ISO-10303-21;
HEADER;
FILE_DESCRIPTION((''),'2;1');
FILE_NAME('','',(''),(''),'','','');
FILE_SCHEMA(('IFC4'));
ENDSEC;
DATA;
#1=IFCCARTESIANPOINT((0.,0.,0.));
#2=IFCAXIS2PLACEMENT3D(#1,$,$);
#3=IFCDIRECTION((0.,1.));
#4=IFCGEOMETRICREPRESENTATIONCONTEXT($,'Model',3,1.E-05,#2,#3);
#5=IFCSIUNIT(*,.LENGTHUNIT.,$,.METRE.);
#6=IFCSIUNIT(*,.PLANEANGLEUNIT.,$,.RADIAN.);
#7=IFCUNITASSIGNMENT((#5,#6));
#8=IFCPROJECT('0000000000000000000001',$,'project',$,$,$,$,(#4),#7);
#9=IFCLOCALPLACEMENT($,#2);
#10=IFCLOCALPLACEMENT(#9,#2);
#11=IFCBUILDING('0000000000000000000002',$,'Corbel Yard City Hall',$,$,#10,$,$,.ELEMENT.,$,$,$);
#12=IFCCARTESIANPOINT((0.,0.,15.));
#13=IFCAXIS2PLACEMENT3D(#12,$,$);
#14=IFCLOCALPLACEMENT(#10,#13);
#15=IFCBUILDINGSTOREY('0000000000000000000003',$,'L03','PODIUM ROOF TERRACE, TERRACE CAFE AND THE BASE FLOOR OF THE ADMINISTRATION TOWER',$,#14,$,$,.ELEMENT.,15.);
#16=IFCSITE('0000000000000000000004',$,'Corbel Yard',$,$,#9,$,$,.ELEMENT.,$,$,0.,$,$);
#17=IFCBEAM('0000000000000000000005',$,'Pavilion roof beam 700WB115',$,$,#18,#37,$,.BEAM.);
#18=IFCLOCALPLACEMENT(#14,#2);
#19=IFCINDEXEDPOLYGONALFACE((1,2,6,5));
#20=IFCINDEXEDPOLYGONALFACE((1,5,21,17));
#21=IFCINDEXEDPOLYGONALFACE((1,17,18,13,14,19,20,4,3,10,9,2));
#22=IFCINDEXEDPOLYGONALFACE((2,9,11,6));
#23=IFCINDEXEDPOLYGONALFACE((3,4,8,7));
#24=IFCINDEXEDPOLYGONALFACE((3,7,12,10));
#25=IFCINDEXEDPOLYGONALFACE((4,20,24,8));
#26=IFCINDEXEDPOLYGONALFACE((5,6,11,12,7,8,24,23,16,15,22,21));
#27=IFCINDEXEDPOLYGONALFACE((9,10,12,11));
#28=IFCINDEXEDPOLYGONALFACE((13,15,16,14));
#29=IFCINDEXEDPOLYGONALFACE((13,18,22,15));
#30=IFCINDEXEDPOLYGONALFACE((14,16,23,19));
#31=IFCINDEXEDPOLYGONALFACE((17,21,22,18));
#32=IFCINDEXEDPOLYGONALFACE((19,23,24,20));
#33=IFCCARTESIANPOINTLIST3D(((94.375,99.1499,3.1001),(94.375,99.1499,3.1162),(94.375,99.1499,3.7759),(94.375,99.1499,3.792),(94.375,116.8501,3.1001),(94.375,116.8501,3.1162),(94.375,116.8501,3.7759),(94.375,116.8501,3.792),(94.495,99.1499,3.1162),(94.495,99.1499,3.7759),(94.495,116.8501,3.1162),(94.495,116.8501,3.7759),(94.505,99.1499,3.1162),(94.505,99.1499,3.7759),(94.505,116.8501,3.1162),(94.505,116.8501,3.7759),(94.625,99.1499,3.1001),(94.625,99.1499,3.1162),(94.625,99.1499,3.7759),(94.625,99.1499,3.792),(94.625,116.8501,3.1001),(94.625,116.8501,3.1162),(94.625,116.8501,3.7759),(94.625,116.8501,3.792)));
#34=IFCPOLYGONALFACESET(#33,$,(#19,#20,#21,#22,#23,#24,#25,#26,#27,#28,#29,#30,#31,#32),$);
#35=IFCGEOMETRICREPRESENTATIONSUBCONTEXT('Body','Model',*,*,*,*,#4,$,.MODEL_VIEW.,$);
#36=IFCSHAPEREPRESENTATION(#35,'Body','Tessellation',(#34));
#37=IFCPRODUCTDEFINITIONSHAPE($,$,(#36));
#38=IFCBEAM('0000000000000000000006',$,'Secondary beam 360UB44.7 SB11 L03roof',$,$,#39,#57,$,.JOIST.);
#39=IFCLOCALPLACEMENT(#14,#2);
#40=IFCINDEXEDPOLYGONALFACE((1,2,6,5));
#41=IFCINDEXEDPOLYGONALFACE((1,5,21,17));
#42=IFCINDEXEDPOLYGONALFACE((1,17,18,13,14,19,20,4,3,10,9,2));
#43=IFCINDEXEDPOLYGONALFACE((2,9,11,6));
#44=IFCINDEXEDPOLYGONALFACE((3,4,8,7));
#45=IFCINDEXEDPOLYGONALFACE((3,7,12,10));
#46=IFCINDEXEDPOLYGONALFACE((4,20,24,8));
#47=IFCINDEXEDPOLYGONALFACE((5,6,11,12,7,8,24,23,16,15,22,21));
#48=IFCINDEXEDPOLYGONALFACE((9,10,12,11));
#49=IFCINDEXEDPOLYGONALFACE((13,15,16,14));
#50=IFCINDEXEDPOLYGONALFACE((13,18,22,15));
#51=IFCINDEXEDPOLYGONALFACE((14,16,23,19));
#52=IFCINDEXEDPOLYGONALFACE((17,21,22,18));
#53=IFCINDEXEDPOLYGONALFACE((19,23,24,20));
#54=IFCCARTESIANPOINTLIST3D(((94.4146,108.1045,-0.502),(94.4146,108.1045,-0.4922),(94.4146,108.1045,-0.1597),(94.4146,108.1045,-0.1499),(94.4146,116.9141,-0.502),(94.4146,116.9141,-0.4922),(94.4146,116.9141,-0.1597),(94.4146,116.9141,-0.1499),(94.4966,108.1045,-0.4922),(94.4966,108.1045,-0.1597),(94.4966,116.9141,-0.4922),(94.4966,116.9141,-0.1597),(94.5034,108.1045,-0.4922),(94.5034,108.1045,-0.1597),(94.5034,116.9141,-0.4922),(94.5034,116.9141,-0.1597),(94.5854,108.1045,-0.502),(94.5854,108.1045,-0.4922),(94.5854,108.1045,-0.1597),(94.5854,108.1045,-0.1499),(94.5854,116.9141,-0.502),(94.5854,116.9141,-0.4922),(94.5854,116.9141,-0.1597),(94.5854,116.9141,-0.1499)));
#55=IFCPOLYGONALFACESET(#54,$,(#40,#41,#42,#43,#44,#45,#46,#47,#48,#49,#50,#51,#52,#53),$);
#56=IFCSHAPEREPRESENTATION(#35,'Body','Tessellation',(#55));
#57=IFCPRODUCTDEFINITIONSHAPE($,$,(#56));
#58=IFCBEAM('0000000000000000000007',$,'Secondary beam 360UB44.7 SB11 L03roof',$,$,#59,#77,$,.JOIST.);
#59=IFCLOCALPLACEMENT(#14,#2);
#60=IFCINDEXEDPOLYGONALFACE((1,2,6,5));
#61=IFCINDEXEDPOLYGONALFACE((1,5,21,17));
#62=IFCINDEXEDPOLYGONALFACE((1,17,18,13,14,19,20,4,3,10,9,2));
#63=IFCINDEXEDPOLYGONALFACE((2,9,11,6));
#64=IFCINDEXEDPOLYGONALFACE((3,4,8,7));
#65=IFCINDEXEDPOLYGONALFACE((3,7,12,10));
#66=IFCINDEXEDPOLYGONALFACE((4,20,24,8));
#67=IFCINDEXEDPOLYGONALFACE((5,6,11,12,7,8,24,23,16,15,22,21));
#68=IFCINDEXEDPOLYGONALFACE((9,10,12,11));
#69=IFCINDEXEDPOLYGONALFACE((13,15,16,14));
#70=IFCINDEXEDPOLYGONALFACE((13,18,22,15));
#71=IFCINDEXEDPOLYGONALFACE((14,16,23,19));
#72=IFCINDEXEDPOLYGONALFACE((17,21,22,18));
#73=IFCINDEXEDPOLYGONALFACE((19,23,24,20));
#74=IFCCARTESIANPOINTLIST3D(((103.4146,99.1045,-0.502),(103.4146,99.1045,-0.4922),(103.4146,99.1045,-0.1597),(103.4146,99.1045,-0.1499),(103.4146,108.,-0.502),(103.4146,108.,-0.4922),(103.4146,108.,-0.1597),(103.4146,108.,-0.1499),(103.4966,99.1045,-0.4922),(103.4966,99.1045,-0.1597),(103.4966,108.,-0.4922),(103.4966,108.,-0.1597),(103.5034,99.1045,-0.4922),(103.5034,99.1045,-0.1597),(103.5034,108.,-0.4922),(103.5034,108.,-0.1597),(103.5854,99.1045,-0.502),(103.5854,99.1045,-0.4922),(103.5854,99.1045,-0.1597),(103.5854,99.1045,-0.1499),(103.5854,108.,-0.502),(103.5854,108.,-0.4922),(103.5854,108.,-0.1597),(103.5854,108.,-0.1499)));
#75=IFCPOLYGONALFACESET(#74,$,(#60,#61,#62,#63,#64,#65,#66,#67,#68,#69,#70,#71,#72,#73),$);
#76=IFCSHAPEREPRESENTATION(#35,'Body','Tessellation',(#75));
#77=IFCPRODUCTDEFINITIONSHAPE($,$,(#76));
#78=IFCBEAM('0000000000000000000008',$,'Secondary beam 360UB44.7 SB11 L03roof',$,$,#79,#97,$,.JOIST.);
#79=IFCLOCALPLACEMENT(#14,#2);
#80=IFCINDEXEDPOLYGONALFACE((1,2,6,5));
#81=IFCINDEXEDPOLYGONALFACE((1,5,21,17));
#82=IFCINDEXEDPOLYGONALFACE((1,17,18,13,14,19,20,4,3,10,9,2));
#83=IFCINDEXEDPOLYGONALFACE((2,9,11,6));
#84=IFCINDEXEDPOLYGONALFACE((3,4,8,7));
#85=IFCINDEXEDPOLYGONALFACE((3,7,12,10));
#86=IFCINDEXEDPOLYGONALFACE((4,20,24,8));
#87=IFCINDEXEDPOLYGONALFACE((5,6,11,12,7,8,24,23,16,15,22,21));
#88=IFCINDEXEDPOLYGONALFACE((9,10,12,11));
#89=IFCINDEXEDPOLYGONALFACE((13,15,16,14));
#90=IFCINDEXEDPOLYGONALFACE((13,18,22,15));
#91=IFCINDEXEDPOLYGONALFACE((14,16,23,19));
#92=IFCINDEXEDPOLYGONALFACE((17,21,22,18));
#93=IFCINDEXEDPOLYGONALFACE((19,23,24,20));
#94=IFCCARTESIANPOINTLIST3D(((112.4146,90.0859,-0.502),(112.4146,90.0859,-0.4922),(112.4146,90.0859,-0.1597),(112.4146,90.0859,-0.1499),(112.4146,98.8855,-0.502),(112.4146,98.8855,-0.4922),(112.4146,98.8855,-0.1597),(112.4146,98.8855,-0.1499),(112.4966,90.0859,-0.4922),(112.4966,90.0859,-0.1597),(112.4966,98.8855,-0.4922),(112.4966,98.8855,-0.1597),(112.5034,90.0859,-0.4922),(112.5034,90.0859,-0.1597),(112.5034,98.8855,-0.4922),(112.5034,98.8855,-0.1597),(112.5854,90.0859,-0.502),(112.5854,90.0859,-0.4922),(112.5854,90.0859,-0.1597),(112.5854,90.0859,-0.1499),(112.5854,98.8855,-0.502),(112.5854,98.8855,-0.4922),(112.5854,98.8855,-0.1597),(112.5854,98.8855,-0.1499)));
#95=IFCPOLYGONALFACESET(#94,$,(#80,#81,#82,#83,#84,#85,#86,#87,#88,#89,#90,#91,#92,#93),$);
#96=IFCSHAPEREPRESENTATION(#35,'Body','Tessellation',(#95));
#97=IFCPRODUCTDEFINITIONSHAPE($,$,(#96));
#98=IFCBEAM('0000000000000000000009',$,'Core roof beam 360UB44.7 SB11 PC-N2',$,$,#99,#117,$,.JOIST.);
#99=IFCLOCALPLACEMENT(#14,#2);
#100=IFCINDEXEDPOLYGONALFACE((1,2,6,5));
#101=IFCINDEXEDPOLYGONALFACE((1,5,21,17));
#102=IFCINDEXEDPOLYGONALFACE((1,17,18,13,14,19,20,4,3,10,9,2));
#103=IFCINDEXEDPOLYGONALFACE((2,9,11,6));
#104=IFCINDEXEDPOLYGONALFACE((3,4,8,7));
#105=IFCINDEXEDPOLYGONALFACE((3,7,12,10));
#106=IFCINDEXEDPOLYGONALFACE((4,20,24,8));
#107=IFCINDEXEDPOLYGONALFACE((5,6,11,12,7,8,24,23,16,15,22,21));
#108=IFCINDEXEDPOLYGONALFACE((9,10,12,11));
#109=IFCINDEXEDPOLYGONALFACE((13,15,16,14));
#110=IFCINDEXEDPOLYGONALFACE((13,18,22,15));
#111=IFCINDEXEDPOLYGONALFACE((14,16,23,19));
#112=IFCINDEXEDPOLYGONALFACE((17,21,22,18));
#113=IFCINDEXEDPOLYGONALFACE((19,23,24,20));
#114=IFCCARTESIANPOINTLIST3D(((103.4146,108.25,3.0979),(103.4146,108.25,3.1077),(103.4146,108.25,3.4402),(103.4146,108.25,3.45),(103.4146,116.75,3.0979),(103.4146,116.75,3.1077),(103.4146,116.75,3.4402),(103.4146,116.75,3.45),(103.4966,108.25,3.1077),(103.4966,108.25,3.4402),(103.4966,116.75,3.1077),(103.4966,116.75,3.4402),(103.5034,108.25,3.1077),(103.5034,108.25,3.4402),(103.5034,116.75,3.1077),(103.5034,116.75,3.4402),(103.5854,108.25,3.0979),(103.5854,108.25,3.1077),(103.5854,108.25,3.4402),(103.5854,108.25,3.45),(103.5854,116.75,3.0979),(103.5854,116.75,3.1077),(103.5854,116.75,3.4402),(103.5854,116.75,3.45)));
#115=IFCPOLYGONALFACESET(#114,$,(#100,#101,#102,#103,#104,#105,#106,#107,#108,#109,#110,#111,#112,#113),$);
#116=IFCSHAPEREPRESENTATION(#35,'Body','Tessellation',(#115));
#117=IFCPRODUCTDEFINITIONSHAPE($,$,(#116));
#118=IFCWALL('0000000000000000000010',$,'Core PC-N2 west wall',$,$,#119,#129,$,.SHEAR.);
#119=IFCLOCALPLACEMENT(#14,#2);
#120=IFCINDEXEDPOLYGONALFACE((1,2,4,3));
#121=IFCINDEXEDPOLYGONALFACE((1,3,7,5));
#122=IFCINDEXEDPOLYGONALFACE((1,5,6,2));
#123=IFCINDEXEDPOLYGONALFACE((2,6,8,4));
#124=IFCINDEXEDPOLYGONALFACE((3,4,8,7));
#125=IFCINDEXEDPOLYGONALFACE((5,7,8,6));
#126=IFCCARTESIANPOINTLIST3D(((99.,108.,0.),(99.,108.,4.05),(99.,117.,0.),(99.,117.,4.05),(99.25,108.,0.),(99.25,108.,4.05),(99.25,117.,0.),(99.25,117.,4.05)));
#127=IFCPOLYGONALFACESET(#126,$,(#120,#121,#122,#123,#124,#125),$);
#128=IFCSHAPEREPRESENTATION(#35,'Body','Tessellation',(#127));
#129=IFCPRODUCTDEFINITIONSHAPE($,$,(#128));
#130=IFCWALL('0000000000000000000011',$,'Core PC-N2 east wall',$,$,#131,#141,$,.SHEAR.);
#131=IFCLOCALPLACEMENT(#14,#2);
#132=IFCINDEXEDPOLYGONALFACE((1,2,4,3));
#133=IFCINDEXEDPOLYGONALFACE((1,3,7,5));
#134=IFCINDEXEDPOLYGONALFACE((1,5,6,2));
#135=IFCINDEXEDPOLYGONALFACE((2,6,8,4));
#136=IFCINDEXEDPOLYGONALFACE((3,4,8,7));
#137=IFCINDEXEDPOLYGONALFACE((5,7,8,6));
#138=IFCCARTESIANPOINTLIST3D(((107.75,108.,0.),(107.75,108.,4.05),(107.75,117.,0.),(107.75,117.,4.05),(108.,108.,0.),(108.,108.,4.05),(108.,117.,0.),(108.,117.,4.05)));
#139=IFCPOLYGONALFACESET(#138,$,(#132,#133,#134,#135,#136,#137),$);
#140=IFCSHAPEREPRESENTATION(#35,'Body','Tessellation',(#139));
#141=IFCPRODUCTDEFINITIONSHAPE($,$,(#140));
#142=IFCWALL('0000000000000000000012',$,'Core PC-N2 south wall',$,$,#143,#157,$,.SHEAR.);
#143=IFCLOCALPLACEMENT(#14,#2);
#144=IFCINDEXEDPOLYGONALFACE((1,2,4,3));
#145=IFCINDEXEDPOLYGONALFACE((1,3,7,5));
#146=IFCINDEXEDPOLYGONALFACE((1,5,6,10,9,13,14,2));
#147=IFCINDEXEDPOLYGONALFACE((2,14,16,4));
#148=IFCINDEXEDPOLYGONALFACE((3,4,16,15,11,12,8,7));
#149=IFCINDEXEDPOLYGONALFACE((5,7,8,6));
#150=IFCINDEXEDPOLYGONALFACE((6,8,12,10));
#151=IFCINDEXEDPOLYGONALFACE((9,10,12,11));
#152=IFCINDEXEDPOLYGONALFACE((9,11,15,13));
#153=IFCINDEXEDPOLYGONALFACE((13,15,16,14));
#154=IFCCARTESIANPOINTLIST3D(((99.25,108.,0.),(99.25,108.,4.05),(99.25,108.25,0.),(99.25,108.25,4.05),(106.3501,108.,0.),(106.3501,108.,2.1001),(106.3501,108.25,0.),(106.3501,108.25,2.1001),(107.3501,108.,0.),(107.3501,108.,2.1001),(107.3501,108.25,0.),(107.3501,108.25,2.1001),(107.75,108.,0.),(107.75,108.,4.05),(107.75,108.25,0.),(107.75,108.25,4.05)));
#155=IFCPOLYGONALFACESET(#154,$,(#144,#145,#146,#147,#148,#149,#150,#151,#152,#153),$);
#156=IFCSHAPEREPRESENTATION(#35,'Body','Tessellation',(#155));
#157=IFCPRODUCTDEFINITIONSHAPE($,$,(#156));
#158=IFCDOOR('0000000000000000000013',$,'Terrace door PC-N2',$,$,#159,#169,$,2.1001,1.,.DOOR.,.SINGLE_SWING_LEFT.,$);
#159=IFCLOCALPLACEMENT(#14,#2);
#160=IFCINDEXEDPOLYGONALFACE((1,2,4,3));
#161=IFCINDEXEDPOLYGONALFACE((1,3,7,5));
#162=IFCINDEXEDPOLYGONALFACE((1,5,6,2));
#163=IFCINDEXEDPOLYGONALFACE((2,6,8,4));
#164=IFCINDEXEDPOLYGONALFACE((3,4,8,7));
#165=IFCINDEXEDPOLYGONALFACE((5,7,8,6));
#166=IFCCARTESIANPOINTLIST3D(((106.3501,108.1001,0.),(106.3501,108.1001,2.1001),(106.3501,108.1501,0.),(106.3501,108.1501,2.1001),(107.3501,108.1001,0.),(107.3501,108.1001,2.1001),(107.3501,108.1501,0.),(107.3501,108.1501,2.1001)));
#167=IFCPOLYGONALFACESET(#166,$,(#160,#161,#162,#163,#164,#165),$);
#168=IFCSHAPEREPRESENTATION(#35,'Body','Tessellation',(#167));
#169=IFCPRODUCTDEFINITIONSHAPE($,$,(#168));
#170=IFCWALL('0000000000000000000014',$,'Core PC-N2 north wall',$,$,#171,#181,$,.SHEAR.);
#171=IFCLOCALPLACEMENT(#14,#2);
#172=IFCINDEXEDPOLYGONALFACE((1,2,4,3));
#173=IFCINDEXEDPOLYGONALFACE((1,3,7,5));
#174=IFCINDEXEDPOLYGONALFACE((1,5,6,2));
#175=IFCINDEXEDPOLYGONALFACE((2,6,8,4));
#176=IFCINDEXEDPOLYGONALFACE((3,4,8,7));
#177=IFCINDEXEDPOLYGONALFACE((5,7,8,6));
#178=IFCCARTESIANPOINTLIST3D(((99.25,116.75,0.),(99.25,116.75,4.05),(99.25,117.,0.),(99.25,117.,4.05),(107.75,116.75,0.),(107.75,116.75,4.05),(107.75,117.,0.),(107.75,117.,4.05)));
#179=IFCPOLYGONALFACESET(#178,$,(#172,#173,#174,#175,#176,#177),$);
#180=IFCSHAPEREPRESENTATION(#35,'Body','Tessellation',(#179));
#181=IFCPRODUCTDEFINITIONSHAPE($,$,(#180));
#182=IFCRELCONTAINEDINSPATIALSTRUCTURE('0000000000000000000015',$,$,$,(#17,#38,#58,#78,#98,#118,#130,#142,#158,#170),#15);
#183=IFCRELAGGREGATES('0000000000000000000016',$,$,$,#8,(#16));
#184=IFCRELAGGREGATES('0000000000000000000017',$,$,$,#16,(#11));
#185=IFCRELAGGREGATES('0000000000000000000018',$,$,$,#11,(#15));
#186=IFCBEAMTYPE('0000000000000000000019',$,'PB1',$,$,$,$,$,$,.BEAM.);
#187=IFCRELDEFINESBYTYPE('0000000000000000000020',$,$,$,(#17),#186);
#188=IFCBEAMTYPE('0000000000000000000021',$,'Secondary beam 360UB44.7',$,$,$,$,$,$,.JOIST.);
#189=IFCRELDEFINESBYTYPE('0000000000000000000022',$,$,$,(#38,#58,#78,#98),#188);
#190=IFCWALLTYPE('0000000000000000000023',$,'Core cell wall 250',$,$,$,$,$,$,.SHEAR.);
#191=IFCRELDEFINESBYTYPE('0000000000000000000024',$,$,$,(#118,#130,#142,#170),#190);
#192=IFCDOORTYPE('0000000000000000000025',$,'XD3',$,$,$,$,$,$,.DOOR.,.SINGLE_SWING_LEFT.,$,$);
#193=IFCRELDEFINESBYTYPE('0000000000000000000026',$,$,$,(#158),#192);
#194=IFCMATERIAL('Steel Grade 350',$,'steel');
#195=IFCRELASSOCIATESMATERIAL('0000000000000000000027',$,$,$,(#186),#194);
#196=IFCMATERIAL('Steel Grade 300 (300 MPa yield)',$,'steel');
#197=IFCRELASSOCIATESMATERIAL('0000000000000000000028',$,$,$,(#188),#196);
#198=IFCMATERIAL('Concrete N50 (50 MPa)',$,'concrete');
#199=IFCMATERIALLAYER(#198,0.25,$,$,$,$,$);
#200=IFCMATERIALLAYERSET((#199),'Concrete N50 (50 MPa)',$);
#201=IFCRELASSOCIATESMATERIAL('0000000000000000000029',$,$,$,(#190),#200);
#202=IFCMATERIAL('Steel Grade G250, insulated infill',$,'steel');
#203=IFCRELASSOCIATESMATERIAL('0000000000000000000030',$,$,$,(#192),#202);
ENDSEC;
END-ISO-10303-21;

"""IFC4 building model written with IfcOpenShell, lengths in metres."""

from ifc_helpers import new_model, si_unit, direction, frame, frame_2d, origin, origin_2d, place, context, subcontext, project, spatial, rectangle, i_section, extrude, material, layer, layer_set, material_profile, profile_set, type_object, element, fill, save


model = new_model("IFC4")

# Units and contexts
model_context = context("Model", 3, precision=1e-05, world=origin(), true_north=direction((0.0, 1.0)))
body_context = subcontext(model_context, "Body", "Model", "MODEL_VIEW")
ifc_project = project(units=[si_unit("LENGTHUNIT", "METRE"), si_unit("PLANEANGLEUNIT", "RADIAN")], contexts=[model_context])

# Site, building, storey
site_placement = place(None, origin())
site = spatial("IfcSite", under=ifc_project, at=site_placement, Name="Corbel Yard", CompositionType="ELEMENT", RefElevation=0.0)
building_placement = place(site_placement, origin())
building = spatial("IfcBuilding", under=site, at=building_placement, Name="Corbel Yard City Hall", CompositionType="ELEMENT")
storey_placement = place(building_placement, frame((0.0, 0.0, 15.0)))
storey = spatial("IfcBuildingStorey", under=building, at=storey_placement, Name="L03", Description="PODIUM ROOF TERRACE, TERRACE CAFE AND THE BASE FLOOR OF THE ADMINISTRATION TOWER", CompositionType="ELEMENT", Elevation=15.0)

# Beams
ifc_material_1 = material(Name="Steel Grade 300 (300 MPa yield)", Category="steel")
ifc_material_2 = material(Name="Steel Grade 350", Category="steel")
ifc_material_profile_1 = material_profile(ifc_material_2, i_section(OverallWidth=0.25, OverallDepth=0.6919, WebThickness=0.01, FlangeThickness=0.0161, at=origin_2d()), Name="700WB115")
ifc_profile_set_1 = profile_set([ifc_material_profile_1], Name="Steel Grade 350")
beam_type_1 = type_object("IfcBeamType", Name="PB1", PredefinedType="BEAM", material=ifc_profile_set_1)
beam_1_placement = place(storey_placement, frame((94.5, 99.1499, 3.446), z_axis=(0.0, 1.0, 0.0), x_axis=(-1.0, 0.0, 0.0)))
element("IfcBeam", 1, at=beam_1_placement, inside=storey, type_object=beam_type_1, Name="Pavilion roof beam 700WB115", PredefinedType="BEAM", context=body_context, shape_type="SweptSolid", body=[
    extrude(i_section(OverallWidth=0.25, OverallDepth=0.6919, WebThickness=0.01, FlangeThickness=0.0161, at=origin_2d()), origin(), (0.0, 0.0, 1.0), 17.7002),
])
ifc_material_profile_2 = material_profile(ifc_material_1, i_section(OverallWidth=0.1709, OverallDepth=0.3521, WebThickness=0.0068, FlangeThickness=0.0098, at=origin_2d()), Name="360UB44.7")
ifc_profile_set_2 = profile_set([ifc_material_profile_2], Name="Steel Grade 300 (300 MPa yield)")
beam_type_2 = type_object("IfcBeamType", Name="Secondary beam 360UB44.7", PredefinedType="JOIST", material=ifc_profile_set_2)
beam_2_placement = place(storey_placement, frame((94.5, 108.1045, -0.3259), z_axis=(0.0, 1.0, 0.0), x_axis=(-1.0, 0.0, 0.0)))
element("IfcBeam", 2, at=beam_2_placement, inside=storey, type_object=beam_type_2, Name="Secondary beam 360UB44.7 SB11 L03roof", PredefinedType="JOIST", context=body_context, shape_type="SweptSolid", body=[
    extrude(i_section(OverallWidth=0.1709, OverallDepth=0.3521, WebThickness=0.0068, FlangeThickness=0.0098, at=origin_2d()), origin(), (0.0, 0.0, 1.0), 8.8096),
])
beam_3_placement = place(storey_placement, frame((103.5, 99.1045, -0.3259), z_axis=(0.0, 1.0, 0.0), x_axis=(-1.0, 0.0, 0.0)))
element("IfcBeam", 3, at=beam_3_placement, inside=storey, type_object=beam_type_2, Name="Secondary beam 360UB44.7 SB11 L03roof", PredefinedType="JOIST", context=body_context, shape_type="SweptSolid", body=[
    extrude(i_section(OverallWidth=0.1709, OverallDepth=0.3521, WebThickness=0.0068, FlangeThickness=0.0098, at=origin_2d()), origin(), (0.0, 0.0, 1.0), 8.8955),
])
beam_4_placement = place(storey_placement, frame((112.5, 90.0859, -0.3259), z_axis=(0.0, 1.0, 0.0), x_axis=(-1.0, 0.0, 0.0)))
element("IfcBeam", 4, at=beam_4_placement, inside=storey, type_object=beam_type_2, Name="Secondary beam 360UB44.7 SB11 L03roof", PredefinedType="JOIST", context=body_context, shape_type="SweptSolid", body=[
    extrude(i_section(OverallWidth=0.1709, OverallDepth=0.3521, WebThickness=0.0068, FlangeThickness=0.0098, at=origin_2d()), origin(), (0.0, 0.0, 1.0), 8.7996),
])
beam_5_placement = place(storey_placement, frame((103.5, 108.25, 3.2739), z_axis=(0.0, 1.0, 0.0), x_axis=(-1.0, 0.0, 0.0)))
element("IfcBeam", 5, at=beam_5_placement, inside=storey, type_object=beam_type_2, Name="Core roof beam 360UB44.7 SB11 PC-N2", PredefinedType="JOIST", context=body_context, shape_type="SweptSolid", body=[
    extrude(i_section(OverallWidth=0.1709, OverallDepth=0.3521, WebThickness=0.0068, FlangeThickness=0.0098, at=origin_2d()), origin(), (0.0, 0.0, 1.0), 8.5),
])

# Walls
ifc_material_3 = material(Name="Concrete N50 (50 MPa)", Category="concrete")
ifc_layer_1 = layer(ifc_material_3, 0.25)
ifc_layer_set_1 = layer_set([ifc_layer_1], Name="Concrete N50 (50 MPa)")
wall_type_1 = type_object("IfcWallType", Name="Core cell wall 250", PredefinedType="SHEAR", material=ifc_layer_set_1)
for number, where, z_axis, x_axis, name in (
    (6, (99.125, 108.0, 0.0), (0.0, 0.0, 1.0), (0.0, 1.0, 0.0), "Core PC-N2 west wall"),
    (7, (107.875, 108.0, 0.0), (0.0, 0.0, 1.0), (0.0, 1.0, 0.0), "Core PC-N2 east wall"),
):
    element("IfcWall", number, at=place(storey_placement, frame(where, z_axis=z_axis, x_axis=x_axis)), inside=storey, type_object=wall_type_1, Name=name, PredefinedType="SHEAR", context=body_context, shape_type="SweptSolid", body=[
        extrude(rectangle(XDim=9.0, YDim=0.25, at=frame_2d((4.5, 0.0))), origin(), (0.0, 0.0, 1.0), 4.05),
    ])

# Wall, opening, door
wall_1_placement = place(storey_placement, frame((99.25, 108.125, 0.0), z_axis=(0.0, 0.0, 1.0), x_axis=(1.0, 0.0, 0.0)))
wall_1 = element("IfcWall", 8, at=wall_1_placement, inside=storey, type_object=wall_type_1, Name="Core PC-N2 south wall", PredefinedType="SHEAR", context=body_context, shape_type="SweptSolid", body=[
    extrude(rectangle(XDim=8.5, YDim=0.25, at=frame_2d((4.25, 0.0))), origin(), (0.0, 0.0, 1.0), 4.05),
])
opening_1_placement = place(wall_1_placement, frame((7.1001, 0.0, 0.0)))
opening_1 = element("IfcOpeningElement", 9, at=opening_1_placement, cuts=wall_1, PredefinedType="OPENING", context=body_context, shape_type="SweptSolid", body=[
    extrude(rectangle(XDim=1.0, YDim=2.1001, at=frame_2d((0.5, 1.05))), frame((0.0, 0.135, 0.0), z_axis=(0.0, -1.0, 0.0), x_axis=(1.0, 0.0, 0.0)), (0.0, 0.0, 1.0), 0.27),
])
ifc_material_4 = material(Name="Steel Grade G250, insulated infill", Category="steel")
door_type_1 = type_object("IfcDoorType", Name="XD3", OperationType="SINGLE_SWING_LEFT", PredefinedType="DOOR", material=ifc_material_4)
door_1_placement = place(opening_1_placement, frame((1.0, 0.0, 0.0), z_axis=(0.0, 0.0, 1.0), x_axis=(-1.0, 0.0, 0.0)))
door_1 = element("IfcDoor", 10, at=door_1_placement, inside=storey, type_object=door_type_1, Name="Terrace door PC-N2", OperationType="SINGLE_SWING_LEFT", OverallHeight=2.1001, OverallWidth=1.0, PredefinedType="DOOR", context=body_context, shape_type="SweptSolid", body=[
    extrude(rectangle(XDim=1.0, YDim=2.1001, at=frame_2d((0.5, 1.05))), frame((0.0, 0.0249, 0.0), z_axis=(0.0, -1.0, 0.0), x_axis=(1.0, 0.0, 0.0)), (0.0, 0.0, 1.0), 0.05),
])
fill(opening_1, door_1)

# Wall
wall_2_placement = place(storey_placement, frame((99.25, 116.875, 0.0), z_axis=(0.0, 0.0, 1.0), x_axis=(1.0, 0.0, 0.0)))
element("IfcWall", 11, at=wall_2_placement, inside=storey, type_object=wall_type_1, Name="Core PC-N2 north wall", PredefinedType="SHEAR", context=body_context, shape_type="SweptSolid", body=[
    extrude(rectangle(XDim=8.5, YDim=0.25, at=frame_2d((4.25, 0.0))), origin(), (0.0, 0.0, 1.0), 4.05),
])

save(model, "model.ifc")
